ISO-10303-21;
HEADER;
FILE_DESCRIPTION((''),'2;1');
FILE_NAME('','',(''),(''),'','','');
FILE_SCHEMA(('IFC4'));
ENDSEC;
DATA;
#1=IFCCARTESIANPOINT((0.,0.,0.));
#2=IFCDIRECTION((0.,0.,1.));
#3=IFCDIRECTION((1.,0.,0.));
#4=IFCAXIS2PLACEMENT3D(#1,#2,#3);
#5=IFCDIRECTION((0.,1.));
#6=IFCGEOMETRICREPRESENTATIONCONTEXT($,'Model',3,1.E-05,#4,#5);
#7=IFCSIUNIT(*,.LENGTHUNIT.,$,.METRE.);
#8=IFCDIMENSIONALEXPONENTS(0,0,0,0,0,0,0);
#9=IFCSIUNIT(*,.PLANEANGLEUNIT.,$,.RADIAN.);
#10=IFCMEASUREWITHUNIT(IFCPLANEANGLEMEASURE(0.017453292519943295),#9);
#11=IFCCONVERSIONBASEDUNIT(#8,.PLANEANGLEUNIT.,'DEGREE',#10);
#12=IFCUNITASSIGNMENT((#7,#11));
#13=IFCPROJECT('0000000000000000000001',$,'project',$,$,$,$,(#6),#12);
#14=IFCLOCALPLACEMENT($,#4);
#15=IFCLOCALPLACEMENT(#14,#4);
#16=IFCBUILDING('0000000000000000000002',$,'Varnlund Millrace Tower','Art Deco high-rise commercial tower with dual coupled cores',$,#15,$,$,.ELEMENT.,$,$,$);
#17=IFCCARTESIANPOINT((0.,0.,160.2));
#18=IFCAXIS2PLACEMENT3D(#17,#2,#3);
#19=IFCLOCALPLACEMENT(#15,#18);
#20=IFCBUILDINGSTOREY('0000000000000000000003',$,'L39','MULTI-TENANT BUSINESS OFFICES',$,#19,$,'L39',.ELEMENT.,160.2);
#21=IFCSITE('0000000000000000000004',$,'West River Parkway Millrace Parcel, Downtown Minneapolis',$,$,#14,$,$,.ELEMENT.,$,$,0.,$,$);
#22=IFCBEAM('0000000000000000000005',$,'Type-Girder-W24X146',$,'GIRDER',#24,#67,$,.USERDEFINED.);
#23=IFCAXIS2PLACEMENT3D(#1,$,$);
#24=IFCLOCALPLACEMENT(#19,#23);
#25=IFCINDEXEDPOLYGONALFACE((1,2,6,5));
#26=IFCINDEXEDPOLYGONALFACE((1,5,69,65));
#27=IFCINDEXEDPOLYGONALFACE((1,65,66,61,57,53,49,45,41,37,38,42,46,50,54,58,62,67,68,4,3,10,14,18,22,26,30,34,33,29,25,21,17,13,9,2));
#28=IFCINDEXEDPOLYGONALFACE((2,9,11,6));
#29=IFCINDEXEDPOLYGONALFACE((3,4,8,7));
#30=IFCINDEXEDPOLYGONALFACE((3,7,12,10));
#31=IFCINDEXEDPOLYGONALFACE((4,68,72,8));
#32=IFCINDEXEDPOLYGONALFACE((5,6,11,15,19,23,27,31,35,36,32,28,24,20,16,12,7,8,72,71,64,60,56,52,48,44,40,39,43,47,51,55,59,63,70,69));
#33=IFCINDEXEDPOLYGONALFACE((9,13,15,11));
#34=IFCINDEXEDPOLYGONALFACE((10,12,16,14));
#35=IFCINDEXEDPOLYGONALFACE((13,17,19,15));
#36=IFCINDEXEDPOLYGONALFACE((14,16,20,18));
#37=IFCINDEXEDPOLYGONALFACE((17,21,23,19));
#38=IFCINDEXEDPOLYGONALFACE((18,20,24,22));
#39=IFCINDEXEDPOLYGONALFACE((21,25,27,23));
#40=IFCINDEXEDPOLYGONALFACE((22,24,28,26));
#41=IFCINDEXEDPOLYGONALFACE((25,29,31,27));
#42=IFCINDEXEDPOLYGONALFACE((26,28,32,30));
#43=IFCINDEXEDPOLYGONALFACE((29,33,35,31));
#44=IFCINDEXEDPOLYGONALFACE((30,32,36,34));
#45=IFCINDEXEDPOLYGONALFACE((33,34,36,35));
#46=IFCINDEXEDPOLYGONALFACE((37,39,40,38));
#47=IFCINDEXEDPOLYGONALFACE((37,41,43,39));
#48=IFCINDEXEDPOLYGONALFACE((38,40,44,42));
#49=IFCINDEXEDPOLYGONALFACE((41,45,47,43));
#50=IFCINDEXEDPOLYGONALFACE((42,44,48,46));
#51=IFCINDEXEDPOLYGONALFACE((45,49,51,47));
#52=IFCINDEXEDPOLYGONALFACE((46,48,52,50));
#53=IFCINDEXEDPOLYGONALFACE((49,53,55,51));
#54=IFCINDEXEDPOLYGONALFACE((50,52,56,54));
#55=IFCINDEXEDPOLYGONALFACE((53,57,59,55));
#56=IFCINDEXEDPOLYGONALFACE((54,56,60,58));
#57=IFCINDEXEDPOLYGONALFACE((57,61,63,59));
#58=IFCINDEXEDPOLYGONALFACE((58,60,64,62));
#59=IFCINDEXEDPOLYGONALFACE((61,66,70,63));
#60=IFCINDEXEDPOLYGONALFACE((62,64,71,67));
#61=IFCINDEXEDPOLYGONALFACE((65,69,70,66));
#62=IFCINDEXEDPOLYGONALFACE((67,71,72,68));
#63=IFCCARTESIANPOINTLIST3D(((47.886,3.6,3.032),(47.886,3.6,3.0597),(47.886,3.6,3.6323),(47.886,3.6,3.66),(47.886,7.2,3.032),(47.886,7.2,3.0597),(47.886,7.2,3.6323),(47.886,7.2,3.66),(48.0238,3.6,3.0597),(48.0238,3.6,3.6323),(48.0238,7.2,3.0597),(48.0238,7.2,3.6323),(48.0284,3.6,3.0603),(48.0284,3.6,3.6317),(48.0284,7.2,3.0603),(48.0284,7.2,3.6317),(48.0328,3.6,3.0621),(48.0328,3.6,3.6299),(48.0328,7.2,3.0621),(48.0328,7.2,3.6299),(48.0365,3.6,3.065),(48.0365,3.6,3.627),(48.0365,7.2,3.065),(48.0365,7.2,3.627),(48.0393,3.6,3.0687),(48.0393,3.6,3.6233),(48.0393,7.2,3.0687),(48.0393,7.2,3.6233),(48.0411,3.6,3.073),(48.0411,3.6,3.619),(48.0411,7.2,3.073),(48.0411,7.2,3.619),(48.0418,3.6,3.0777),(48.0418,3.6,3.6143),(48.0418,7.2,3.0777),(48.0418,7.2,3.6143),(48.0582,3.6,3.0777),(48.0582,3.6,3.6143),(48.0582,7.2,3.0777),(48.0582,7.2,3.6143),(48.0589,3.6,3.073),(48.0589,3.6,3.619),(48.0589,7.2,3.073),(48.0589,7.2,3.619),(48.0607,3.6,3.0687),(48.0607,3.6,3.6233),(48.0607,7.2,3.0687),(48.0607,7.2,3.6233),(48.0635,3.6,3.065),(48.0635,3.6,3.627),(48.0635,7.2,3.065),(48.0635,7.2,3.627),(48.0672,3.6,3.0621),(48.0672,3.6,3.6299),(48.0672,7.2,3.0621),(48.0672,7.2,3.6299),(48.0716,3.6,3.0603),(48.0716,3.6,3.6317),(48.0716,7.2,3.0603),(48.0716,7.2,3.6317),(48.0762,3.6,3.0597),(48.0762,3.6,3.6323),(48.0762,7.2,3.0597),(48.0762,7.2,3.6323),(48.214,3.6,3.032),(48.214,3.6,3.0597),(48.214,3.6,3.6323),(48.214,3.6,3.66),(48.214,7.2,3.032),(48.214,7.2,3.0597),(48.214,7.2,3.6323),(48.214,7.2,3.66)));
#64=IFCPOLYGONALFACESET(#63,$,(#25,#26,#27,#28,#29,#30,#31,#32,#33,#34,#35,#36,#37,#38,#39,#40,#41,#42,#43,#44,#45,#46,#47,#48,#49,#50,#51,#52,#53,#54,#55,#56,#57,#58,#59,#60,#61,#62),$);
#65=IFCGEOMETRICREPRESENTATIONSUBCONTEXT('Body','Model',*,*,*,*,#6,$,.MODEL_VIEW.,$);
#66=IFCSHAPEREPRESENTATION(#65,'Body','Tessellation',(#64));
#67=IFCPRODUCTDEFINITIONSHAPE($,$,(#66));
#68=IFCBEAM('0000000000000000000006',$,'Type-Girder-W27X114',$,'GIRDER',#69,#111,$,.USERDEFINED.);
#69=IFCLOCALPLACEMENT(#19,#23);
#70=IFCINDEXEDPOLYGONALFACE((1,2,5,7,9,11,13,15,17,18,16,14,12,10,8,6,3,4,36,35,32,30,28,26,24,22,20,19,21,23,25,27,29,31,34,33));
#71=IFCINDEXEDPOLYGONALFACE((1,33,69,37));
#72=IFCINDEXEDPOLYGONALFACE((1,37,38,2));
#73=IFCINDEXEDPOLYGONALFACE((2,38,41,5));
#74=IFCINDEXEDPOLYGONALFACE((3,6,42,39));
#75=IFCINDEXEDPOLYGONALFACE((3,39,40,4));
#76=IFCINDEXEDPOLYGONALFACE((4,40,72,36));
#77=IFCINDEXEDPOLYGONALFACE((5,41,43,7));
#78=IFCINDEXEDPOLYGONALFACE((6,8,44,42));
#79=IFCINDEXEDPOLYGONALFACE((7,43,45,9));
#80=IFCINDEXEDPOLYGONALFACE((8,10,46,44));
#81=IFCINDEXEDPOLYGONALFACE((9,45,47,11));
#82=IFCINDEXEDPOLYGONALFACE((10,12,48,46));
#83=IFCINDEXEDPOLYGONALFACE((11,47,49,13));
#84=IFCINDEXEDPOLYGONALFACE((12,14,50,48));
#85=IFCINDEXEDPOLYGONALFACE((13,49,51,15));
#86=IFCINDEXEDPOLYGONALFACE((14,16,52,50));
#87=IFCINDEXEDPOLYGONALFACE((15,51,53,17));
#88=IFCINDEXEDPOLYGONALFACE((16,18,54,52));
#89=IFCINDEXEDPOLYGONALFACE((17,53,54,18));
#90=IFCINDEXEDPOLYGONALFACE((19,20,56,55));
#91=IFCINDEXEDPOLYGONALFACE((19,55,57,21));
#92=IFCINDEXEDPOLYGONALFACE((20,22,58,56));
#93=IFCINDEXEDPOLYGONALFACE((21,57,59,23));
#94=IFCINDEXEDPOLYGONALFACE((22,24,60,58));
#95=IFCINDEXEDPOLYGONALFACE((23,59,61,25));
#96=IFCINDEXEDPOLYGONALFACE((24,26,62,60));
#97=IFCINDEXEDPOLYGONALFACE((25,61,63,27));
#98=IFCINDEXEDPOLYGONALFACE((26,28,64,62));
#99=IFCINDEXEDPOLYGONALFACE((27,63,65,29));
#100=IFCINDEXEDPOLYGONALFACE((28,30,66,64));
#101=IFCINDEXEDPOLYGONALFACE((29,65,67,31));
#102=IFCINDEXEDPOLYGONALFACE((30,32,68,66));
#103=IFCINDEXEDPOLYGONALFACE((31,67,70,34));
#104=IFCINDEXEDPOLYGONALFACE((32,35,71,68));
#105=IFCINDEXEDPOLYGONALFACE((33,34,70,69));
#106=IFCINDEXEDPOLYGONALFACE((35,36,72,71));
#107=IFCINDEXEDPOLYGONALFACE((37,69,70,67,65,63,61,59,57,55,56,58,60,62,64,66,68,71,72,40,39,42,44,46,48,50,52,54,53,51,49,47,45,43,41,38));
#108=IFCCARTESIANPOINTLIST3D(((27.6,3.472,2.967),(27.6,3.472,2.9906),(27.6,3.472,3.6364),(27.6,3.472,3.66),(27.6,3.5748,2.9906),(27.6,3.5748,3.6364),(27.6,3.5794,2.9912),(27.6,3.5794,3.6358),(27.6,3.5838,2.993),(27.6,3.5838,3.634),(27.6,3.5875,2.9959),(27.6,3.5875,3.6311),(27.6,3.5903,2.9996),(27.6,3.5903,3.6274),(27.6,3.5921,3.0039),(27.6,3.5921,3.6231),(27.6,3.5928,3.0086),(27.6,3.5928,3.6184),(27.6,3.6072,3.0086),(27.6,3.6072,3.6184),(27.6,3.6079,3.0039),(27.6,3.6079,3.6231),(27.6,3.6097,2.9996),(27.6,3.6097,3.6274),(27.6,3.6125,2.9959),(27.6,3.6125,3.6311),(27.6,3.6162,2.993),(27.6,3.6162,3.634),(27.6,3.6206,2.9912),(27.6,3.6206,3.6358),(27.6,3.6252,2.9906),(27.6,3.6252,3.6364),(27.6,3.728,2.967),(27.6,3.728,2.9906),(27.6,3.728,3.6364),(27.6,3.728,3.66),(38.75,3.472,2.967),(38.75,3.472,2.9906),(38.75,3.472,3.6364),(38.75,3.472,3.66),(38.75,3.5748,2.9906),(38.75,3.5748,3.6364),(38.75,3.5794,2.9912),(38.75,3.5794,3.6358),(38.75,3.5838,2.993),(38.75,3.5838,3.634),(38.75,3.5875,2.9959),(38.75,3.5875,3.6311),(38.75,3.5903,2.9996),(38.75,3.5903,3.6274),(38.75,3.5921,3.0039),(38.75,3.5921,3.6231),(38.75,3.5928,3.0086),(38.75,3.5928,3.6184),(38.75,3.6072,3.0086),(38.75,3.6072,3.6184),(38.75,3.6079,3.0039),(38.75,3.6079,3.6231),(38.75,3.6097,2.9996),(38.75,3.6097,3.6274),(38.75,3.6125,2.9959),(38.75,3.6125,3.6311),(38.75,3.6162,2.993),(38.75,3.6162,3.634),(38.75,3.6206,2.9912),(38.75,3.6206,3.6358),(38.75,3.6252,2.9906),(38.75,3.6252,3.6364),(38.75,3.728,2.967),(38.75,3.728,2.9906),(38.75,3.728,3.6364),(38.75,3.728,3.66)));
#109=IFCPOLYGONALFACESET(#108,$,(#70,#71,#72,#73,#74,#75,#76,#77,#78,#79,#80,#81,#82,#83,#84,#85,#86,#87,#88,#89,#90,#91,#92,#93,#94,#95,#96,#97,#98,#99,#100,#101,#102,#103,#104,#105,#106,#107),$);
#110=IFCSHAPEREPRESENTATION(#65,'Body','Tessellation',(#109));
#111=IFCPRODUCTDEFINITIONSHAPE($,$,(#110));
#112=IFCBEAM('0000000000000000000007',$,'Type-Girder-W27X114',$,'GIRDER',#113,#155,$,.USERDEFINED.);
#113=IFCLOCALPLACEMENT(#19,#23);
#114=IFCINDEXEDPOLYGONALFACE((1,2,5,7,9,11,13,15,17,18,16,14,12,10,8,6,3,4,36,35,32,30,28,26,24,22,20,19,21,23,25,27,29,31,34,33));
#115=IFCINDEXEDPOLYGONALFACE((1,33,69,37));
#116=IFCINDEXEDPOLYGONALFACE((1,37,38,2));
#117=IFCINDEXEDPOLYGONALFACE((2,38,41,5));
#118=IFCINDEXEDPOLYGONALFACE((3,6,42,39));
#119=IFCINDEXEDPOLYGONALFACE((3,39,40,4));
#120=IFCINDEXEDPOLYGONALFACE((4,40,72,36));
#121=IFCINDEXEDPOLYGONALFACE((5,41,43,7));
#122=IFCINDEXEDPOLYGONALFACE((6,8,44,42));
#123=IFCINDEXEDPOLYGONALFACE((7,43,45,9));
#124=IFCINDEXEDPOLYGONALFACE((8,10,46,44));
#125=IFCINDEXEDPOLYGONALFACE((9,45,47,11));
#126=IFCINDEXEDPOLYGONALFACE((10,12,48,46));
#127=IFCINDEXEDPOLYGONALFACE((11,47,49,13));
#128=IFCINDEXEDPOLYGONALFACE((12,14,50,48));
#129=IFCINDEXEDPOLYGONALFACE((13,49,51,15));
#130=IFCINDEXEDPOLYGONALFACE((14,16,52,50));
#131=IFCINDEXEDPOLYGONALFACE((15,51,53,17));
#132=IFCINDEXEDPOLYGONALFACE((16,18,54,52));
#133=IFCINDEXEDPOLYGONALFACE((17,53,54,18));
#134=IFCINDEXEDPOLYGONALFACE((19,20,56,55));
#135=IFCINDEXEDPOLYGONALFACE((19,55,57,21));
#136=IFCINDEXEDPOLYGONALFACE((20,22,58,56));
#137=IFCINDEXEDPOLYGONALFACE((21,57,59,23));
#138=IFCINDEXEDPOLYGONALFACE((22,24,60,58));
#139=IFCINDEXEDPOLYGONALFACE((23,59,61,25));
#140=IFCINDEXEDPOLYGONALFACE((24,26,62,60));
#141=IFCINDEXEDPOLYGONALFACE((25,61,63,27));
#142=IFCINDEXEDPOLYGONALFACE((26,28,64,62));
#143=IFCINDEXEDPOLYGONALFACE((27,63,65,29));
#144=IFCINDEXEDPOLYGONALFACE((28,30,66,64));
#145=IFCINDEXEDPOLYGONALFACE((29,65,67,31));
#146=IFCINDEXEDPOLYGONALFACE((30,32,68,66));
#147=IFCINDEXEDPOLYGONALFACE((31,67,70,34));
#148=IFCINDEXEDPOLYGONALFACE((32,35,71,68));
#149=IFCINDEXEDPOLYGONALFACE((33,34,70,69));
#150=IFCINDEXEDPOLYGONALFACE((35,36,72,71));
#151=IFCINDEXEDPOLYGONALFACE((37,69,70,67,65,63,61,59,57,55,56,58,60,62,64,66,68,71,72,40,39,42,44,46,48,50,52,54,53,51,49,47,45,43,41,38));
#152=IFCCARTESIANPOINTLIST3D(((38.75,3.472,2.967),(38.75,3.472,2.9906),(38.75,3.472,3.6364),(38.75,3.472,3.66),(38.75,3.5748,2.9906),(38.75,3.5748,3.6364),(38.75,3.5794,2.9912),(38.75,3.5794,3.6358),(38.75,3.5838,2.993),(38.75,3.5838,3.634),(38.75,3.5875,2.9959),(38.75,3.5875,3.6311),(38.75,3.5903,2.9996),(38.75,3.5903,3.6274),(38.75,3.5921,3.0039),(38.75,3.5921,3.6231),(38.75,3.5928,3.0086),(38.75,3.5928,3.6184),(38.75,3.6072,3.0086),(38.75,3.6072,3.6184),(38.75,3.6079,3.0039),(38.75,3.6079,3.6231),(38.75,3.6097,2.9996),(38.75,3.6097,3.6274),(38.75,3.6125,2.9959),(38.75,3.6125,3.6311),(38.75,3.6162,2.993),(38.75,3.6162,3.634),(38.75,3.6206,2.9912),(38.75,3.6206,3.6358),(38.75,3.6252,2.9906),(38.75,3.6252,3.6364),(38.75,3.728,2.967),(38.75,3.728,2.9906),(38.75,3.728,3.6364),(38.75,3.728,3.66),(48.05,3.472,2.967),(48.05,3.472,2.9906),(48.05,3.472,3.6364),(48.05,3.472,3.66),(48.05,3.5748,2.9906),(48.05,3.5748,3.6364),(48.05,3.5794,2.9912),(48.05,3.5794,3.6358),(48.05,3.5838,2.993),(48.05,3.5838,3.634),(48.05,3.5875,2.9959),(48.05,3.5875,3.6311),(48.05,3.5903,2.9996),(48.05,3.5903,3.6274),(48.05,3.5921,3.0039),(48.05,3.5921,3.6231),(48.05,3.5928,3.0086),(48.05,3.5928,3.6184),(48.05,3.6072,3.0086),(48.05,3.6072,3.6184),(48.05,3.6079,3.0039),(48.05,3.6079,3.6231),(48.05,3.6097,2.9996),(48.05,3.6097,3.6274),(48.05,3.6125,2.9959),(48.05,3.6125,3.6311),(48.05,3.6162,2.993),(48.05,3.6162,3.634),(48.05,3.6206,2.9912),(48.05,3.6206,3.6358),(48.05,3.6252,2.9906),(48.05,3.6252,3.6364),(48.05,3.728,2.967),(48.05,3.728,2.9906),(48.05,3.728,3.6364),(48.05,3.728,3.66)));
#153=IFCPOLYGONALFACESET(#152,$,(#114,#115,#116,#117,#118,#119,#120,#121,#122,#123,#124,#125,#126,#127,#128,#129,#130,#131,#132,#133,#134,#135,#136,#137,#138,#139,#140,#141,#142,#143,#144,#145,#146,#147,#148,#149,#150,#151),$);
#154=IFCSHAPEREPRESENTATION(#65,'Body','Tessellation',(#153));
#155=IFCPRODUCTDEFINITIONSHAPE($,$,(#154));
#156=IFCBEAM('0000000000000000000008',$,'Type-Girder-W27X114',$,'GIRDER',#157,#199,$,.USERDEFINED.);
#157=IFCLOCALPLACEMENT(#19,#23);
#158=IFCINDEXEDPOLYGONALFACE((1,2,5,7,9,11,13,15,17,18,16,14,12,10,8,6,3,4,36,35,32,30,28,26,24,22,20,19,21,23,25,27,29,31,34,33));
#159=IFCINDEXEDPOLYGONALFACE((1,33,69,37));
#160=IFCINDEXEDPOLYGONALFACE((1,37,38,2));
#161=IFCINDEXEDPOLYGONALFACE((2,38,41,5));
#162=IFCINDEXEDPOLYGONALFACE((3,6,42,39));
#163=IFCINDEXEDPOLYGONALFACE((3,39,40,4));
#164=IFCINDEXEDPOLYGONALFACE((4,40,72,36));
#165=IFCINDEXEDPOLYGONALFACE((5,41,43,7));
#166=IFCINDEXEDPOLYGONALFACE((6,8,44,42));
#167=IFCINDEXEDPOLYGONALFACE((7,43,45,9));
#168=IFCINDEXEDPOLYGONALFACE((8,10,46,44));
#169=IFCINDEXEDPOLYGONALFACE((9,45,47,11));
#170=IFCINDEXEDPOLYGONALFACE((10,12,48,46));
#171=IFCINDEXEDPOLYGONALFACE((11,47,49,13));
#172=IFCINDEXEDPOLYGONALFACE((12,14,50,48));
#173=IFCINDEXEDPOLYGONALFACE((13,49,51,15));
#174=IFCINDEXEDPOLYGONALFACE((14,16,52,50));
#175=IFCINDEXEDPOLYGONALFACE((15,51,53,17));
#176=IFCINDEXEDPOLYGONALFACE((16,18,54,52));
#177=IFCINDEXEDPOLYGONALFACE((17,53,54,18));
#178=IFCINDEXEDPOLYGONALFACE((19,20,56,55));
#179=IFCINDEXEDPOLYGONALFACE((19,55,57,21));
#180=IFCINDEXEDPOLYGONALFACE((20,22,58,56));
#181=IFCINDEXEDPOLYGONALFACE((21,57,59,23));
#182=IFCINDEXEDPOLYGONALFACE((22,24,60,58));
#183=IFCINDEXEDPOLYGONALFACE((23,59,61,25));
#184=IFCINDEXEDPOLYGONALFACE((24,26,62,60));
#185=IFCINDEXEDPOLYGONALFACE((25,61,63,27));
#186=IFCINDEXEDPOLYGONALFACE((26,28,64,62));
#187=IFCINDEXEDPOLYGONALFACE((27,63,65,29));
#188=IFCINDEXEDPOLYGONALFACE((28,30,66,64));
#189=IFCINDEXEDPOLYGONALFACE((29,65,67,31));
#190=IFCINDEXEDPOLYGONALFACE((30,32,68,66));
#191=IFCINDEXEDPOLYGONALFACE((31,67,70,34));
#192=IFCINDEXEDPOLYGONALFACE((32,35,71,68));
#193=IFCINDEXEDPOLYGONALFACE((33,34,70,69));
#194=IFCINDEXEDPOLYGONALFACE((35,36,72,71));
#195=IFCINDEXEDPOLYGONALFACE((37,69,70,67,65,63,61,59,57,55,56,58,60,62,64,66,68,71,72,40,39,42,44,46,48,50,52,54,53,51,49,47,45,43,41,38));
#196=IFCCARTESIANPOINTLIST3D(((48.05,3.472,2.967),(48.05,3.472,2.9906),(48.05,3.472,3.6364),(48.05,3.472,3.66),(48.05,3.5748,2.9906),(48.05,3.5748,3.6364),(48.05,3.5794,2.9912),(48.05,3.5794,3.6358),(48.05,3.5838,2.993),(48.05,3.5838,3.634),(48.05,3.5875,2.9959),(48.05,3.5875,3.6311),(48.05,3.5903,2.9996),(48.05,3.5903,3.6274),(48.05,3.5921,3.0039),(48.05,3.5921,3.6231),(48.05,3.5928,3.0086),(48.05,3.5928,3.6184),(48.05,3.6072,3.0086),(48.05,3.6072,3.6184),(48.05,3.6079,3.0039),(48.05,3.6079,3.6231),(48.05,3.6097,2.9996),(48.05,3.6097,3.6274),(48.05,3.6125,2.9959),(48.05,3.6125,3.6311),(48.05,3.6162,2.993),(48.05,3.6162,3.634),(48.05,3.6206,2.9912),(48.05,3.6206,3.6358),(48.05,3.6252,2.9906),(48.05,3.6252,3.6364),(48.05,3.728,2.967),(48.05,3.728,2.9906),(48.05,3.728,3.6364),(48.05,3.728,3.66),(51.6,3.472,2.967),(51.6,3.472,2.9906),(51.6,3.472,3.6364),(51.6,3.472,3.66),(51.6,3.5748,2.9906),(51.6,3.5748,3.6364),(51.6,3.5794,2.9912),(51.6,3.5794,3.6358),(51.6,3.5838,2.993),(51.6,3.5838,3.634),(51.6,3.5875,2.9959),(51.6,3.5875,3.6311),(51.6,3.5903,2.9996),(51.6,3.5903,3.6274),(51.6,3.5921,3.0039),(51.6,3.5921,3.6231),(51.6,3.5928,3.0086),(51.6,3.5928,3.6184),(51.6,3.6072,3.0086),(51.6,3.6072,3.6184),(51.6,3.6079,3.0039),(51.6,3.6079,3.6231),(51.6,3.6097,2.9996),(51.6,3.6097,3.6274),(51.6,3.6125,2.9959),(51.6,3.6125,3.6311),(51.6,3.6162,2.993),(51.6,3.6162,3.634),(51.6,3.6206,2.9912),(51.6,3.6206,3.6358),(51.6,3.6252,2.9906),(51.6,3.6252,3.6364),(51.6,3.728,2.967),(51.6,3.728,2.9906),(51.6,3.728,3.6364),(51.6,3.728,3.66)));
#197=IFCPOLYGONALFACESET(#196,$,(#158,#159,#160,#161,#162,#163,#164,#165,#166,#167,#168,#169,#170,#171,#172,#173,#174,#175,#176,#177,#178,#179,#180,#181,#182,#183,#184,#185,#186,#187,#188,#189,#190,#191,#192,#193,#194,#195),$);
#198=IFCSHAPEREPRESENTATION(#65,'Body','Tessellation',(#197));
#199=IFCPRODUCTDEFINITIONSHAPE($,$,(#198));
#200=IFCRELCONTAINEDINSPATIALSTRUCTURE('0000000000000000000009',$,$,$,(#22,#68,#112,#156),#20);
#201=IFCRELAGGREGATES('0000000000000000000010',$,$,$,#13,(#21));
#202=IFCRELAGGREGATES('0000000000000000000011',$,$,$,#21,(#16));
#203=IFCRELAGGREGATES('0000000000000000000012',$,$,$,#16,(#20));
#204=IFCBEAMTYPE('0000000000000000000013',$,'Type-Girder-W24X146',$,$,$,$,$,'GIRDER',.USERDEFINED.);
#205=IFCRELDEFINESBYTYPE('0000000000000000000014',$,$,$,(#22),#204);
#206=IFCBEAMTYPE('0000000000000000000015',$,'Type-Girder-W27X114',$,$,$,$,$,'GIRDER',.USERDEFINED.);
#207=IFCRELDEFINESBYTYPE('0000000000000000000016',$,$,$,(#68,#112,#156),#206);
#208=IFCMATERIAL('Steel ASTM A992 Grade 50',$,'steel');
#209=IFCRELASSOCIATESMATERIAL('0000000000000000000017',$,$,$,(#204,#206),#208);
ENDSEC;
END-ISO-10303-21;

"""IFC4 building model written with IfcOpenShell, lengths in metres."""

from ifc_helpers import new_model, entity, si_unit, converted_unit, direction, frame, origin_with_axes, origin_2d_with_axis, place, context, subcontext, project, spatial, i_section, extrude, material, material_profile, profile_set, type_object, element, save


model = new_model("IFC4")

# Units and contexts
model_context = context("Model", 3, precision=1e-05, world=origin_with_axes(), true_north=direction((0.0, 1.0)))
body_context = subcontext(model_context, "Body", "Model", "MODEL_VIEW")
ifc_project = project(units=[si_unit("LENGTHUNIT", "METRE"), converted_unit("PLANEANGLEUNIT", "DEGREE", entity("IfcPlaneAngleMeasure", 0.017453292519943295), si_unit("PLANEANGLEUNIT", "RADIAN"), dimensions=[0, 0, 0, 0, 0, 0, 0])], contexts=[model_context])

# Site, building, storey
site_placement = place(None, origin_with_axes())
site = spatial("IfcSite", under=ifc_project, at=site_placement, Name="West River Parkway Millrace Parcel, Downtown Minneapolis", CompositionType="ELEMENT", RefElevation=0.0)
building_placement = place(site_placement, origin_with_axes())
building = spatial("IfcBuilding", under=site, at=building_placement, Name="Varnlund Millrace Tower", Description="Art Deco high-rise commercial tower with dual coupled cores", CompositionType="ELEMENT")
storey_placement = place(building_placement, frame((0.0, 0.0, 160.2), z_axis=(0.0, 0.0, 1.0), x_axis=(1.0, 0.0, 0.0)))
storey = spatial("IfcBuildingStorey", under=building, at=storey_placement, Name="L39", Description="MULTI-TENANT BUSINESS OFFICES", LongName="L39", CompositionType="ELEMENT", Elevation=160.2)

# Beams
ifc_material_1 = material(Name="Steel ASTM A992 Grade 50", Category="steel")
ifc_material_profile_1 = material_profile(ifc_material_1, i_section(OverallWidth=0.328, OverallDepth=0.628, WebThickness=0.0165, FlangeThickness=0.0277, FilletRadius=0.018, at=origin_2d_with_axis()), Name="Steel ASTM A992 Grade 50")
ifc_profile_set_1 = profile_set([ifc_material_profile_1], Name="Steel ASTM A992 Grade 50")
beam_type_1 = type_object("IfcBeamType", Name="Type-Girder-W24X146", ElementType="GIRDER", PredefinedType="USERDEFINED", material=ifc_profile_set_1)
beam_1_placement = place(storey_placement, frame((48.05, 3.6, 3.346), z_axis=(0.0, 1.0, 0.0), x_axis=(-1.0, 0.0, 0.0)))
element("IfcBeam", 1, at=beam_1_placement, inside=storey, type_object=beam_type_1, Name="Type-Girder-W24X146", ObjectType="GIRDER", PredefinedType="USERDEFINED", context=body_context, shape_type="SweptSolid", body=[
    extrude(i_section(OverallWidth=0.328, OverallDepth=0.628, WebThickness=0.0165, FlangeThickness=0.0277, FilletRadius=0.018, at=origin_2d_with_axis()), origin_with_axes(), (0.0, 0.0, 1.0), 3.6),
])
ifc_material_profile_2 = material_profile(ifc_material_1, i_section(OverallWidth=0.256, OverallDepth=0.693, WebThickness=0.0145, FlangeThickness=0.0236, FilletRadius=0.018, at=origin_2d_with_axis()), Name="Steel ASTM A992 Grade 50")
ifc_profile_set_2 = profile_set([ifc_material_profile_2], Name="Steel ASTM A992 Grade 50")
beam_type_2 = type_object("IfcBeamType", Name="Type-Girder-W27X114", ElementType="GIRDER", PredefinedType="USERDEFINED", material=ifc_profile_set_2)
beam_2_placement = place(storey_placement, frame((27.6, 3.6, 3.3135), z_axis=(1.0, 0.0, 0.0), x_axis=(0.0, 1.0, 0.0)))
element("IfcBeam", 2, at=beam_2_placement, inside=storey, type_object=beam_type_2, Name="Type-Girder-W27X114", ObjectType="GIRDER", PredefinedType="USERDEFINED", context=body_context, shape_type="SweptSolid", body=[
    extrude(i_section(OverallWidth=0.256, OverallDepth=0.693, WebThickness=0.0145, FlangeThickness=0.0236, FilletRadius=0.018, at=origin_2d_with_axis()), origin_with_axes(), (0.0, 0.0, 1.0), 11.15),
])
beam_3_placement = place(storey_placement, frame((38.75, 3.6, 3.3135), z_axis=(1.0, 0.0, 0.0), x_axis=(0.0, 1.0, 0.0)))
element("IfcBeam", 3, at=beam_3_placement, inside=storey, type_object=beam_type_2, Name="Type-Girder-W27X114", ObjectType="GIRDER", PredefinedType="USERDEFINED", context=body_context, shape_type="SweptSolid", body=[
    extrude(i_section(OverallWidth=0.256, OverallDepth=0.693, WebThickness=0.0145, FlangeThickness=0.0236, FilletRadius=0.018, at=origin_2d_with_axis()), origin_with_axes(), (0.0, 0.0, 1.0), 9.3),
])
beam_4_placement = place(storey_placement, frame((48.05, 3.6, 3.3135), z_axis=(1.0, 0.0, 0.0), x_axis=(0.0, 1.0, 0.0)))
element("IfcBeam", 4, at=beam_4_placement, inside=storey, type_object=beam_type_2, Name="Type-Girder-W27X114", ObjectType="GIRDER", PredefinedType="USERDEFINED", context=body_context, shape_type="SweptSolid", body=[
    extrude(i_section(OverallWidth=0.256, OverallDepth=0.693, WebThickness=0.0145, FlangeThickness=0.0236, FilletRadius=0.018, at=origin_2d_with_axis()), origin_with_axes(), (0.0, 0.0, 1.0), 3.55),
])

save(model, "model.ifc")
